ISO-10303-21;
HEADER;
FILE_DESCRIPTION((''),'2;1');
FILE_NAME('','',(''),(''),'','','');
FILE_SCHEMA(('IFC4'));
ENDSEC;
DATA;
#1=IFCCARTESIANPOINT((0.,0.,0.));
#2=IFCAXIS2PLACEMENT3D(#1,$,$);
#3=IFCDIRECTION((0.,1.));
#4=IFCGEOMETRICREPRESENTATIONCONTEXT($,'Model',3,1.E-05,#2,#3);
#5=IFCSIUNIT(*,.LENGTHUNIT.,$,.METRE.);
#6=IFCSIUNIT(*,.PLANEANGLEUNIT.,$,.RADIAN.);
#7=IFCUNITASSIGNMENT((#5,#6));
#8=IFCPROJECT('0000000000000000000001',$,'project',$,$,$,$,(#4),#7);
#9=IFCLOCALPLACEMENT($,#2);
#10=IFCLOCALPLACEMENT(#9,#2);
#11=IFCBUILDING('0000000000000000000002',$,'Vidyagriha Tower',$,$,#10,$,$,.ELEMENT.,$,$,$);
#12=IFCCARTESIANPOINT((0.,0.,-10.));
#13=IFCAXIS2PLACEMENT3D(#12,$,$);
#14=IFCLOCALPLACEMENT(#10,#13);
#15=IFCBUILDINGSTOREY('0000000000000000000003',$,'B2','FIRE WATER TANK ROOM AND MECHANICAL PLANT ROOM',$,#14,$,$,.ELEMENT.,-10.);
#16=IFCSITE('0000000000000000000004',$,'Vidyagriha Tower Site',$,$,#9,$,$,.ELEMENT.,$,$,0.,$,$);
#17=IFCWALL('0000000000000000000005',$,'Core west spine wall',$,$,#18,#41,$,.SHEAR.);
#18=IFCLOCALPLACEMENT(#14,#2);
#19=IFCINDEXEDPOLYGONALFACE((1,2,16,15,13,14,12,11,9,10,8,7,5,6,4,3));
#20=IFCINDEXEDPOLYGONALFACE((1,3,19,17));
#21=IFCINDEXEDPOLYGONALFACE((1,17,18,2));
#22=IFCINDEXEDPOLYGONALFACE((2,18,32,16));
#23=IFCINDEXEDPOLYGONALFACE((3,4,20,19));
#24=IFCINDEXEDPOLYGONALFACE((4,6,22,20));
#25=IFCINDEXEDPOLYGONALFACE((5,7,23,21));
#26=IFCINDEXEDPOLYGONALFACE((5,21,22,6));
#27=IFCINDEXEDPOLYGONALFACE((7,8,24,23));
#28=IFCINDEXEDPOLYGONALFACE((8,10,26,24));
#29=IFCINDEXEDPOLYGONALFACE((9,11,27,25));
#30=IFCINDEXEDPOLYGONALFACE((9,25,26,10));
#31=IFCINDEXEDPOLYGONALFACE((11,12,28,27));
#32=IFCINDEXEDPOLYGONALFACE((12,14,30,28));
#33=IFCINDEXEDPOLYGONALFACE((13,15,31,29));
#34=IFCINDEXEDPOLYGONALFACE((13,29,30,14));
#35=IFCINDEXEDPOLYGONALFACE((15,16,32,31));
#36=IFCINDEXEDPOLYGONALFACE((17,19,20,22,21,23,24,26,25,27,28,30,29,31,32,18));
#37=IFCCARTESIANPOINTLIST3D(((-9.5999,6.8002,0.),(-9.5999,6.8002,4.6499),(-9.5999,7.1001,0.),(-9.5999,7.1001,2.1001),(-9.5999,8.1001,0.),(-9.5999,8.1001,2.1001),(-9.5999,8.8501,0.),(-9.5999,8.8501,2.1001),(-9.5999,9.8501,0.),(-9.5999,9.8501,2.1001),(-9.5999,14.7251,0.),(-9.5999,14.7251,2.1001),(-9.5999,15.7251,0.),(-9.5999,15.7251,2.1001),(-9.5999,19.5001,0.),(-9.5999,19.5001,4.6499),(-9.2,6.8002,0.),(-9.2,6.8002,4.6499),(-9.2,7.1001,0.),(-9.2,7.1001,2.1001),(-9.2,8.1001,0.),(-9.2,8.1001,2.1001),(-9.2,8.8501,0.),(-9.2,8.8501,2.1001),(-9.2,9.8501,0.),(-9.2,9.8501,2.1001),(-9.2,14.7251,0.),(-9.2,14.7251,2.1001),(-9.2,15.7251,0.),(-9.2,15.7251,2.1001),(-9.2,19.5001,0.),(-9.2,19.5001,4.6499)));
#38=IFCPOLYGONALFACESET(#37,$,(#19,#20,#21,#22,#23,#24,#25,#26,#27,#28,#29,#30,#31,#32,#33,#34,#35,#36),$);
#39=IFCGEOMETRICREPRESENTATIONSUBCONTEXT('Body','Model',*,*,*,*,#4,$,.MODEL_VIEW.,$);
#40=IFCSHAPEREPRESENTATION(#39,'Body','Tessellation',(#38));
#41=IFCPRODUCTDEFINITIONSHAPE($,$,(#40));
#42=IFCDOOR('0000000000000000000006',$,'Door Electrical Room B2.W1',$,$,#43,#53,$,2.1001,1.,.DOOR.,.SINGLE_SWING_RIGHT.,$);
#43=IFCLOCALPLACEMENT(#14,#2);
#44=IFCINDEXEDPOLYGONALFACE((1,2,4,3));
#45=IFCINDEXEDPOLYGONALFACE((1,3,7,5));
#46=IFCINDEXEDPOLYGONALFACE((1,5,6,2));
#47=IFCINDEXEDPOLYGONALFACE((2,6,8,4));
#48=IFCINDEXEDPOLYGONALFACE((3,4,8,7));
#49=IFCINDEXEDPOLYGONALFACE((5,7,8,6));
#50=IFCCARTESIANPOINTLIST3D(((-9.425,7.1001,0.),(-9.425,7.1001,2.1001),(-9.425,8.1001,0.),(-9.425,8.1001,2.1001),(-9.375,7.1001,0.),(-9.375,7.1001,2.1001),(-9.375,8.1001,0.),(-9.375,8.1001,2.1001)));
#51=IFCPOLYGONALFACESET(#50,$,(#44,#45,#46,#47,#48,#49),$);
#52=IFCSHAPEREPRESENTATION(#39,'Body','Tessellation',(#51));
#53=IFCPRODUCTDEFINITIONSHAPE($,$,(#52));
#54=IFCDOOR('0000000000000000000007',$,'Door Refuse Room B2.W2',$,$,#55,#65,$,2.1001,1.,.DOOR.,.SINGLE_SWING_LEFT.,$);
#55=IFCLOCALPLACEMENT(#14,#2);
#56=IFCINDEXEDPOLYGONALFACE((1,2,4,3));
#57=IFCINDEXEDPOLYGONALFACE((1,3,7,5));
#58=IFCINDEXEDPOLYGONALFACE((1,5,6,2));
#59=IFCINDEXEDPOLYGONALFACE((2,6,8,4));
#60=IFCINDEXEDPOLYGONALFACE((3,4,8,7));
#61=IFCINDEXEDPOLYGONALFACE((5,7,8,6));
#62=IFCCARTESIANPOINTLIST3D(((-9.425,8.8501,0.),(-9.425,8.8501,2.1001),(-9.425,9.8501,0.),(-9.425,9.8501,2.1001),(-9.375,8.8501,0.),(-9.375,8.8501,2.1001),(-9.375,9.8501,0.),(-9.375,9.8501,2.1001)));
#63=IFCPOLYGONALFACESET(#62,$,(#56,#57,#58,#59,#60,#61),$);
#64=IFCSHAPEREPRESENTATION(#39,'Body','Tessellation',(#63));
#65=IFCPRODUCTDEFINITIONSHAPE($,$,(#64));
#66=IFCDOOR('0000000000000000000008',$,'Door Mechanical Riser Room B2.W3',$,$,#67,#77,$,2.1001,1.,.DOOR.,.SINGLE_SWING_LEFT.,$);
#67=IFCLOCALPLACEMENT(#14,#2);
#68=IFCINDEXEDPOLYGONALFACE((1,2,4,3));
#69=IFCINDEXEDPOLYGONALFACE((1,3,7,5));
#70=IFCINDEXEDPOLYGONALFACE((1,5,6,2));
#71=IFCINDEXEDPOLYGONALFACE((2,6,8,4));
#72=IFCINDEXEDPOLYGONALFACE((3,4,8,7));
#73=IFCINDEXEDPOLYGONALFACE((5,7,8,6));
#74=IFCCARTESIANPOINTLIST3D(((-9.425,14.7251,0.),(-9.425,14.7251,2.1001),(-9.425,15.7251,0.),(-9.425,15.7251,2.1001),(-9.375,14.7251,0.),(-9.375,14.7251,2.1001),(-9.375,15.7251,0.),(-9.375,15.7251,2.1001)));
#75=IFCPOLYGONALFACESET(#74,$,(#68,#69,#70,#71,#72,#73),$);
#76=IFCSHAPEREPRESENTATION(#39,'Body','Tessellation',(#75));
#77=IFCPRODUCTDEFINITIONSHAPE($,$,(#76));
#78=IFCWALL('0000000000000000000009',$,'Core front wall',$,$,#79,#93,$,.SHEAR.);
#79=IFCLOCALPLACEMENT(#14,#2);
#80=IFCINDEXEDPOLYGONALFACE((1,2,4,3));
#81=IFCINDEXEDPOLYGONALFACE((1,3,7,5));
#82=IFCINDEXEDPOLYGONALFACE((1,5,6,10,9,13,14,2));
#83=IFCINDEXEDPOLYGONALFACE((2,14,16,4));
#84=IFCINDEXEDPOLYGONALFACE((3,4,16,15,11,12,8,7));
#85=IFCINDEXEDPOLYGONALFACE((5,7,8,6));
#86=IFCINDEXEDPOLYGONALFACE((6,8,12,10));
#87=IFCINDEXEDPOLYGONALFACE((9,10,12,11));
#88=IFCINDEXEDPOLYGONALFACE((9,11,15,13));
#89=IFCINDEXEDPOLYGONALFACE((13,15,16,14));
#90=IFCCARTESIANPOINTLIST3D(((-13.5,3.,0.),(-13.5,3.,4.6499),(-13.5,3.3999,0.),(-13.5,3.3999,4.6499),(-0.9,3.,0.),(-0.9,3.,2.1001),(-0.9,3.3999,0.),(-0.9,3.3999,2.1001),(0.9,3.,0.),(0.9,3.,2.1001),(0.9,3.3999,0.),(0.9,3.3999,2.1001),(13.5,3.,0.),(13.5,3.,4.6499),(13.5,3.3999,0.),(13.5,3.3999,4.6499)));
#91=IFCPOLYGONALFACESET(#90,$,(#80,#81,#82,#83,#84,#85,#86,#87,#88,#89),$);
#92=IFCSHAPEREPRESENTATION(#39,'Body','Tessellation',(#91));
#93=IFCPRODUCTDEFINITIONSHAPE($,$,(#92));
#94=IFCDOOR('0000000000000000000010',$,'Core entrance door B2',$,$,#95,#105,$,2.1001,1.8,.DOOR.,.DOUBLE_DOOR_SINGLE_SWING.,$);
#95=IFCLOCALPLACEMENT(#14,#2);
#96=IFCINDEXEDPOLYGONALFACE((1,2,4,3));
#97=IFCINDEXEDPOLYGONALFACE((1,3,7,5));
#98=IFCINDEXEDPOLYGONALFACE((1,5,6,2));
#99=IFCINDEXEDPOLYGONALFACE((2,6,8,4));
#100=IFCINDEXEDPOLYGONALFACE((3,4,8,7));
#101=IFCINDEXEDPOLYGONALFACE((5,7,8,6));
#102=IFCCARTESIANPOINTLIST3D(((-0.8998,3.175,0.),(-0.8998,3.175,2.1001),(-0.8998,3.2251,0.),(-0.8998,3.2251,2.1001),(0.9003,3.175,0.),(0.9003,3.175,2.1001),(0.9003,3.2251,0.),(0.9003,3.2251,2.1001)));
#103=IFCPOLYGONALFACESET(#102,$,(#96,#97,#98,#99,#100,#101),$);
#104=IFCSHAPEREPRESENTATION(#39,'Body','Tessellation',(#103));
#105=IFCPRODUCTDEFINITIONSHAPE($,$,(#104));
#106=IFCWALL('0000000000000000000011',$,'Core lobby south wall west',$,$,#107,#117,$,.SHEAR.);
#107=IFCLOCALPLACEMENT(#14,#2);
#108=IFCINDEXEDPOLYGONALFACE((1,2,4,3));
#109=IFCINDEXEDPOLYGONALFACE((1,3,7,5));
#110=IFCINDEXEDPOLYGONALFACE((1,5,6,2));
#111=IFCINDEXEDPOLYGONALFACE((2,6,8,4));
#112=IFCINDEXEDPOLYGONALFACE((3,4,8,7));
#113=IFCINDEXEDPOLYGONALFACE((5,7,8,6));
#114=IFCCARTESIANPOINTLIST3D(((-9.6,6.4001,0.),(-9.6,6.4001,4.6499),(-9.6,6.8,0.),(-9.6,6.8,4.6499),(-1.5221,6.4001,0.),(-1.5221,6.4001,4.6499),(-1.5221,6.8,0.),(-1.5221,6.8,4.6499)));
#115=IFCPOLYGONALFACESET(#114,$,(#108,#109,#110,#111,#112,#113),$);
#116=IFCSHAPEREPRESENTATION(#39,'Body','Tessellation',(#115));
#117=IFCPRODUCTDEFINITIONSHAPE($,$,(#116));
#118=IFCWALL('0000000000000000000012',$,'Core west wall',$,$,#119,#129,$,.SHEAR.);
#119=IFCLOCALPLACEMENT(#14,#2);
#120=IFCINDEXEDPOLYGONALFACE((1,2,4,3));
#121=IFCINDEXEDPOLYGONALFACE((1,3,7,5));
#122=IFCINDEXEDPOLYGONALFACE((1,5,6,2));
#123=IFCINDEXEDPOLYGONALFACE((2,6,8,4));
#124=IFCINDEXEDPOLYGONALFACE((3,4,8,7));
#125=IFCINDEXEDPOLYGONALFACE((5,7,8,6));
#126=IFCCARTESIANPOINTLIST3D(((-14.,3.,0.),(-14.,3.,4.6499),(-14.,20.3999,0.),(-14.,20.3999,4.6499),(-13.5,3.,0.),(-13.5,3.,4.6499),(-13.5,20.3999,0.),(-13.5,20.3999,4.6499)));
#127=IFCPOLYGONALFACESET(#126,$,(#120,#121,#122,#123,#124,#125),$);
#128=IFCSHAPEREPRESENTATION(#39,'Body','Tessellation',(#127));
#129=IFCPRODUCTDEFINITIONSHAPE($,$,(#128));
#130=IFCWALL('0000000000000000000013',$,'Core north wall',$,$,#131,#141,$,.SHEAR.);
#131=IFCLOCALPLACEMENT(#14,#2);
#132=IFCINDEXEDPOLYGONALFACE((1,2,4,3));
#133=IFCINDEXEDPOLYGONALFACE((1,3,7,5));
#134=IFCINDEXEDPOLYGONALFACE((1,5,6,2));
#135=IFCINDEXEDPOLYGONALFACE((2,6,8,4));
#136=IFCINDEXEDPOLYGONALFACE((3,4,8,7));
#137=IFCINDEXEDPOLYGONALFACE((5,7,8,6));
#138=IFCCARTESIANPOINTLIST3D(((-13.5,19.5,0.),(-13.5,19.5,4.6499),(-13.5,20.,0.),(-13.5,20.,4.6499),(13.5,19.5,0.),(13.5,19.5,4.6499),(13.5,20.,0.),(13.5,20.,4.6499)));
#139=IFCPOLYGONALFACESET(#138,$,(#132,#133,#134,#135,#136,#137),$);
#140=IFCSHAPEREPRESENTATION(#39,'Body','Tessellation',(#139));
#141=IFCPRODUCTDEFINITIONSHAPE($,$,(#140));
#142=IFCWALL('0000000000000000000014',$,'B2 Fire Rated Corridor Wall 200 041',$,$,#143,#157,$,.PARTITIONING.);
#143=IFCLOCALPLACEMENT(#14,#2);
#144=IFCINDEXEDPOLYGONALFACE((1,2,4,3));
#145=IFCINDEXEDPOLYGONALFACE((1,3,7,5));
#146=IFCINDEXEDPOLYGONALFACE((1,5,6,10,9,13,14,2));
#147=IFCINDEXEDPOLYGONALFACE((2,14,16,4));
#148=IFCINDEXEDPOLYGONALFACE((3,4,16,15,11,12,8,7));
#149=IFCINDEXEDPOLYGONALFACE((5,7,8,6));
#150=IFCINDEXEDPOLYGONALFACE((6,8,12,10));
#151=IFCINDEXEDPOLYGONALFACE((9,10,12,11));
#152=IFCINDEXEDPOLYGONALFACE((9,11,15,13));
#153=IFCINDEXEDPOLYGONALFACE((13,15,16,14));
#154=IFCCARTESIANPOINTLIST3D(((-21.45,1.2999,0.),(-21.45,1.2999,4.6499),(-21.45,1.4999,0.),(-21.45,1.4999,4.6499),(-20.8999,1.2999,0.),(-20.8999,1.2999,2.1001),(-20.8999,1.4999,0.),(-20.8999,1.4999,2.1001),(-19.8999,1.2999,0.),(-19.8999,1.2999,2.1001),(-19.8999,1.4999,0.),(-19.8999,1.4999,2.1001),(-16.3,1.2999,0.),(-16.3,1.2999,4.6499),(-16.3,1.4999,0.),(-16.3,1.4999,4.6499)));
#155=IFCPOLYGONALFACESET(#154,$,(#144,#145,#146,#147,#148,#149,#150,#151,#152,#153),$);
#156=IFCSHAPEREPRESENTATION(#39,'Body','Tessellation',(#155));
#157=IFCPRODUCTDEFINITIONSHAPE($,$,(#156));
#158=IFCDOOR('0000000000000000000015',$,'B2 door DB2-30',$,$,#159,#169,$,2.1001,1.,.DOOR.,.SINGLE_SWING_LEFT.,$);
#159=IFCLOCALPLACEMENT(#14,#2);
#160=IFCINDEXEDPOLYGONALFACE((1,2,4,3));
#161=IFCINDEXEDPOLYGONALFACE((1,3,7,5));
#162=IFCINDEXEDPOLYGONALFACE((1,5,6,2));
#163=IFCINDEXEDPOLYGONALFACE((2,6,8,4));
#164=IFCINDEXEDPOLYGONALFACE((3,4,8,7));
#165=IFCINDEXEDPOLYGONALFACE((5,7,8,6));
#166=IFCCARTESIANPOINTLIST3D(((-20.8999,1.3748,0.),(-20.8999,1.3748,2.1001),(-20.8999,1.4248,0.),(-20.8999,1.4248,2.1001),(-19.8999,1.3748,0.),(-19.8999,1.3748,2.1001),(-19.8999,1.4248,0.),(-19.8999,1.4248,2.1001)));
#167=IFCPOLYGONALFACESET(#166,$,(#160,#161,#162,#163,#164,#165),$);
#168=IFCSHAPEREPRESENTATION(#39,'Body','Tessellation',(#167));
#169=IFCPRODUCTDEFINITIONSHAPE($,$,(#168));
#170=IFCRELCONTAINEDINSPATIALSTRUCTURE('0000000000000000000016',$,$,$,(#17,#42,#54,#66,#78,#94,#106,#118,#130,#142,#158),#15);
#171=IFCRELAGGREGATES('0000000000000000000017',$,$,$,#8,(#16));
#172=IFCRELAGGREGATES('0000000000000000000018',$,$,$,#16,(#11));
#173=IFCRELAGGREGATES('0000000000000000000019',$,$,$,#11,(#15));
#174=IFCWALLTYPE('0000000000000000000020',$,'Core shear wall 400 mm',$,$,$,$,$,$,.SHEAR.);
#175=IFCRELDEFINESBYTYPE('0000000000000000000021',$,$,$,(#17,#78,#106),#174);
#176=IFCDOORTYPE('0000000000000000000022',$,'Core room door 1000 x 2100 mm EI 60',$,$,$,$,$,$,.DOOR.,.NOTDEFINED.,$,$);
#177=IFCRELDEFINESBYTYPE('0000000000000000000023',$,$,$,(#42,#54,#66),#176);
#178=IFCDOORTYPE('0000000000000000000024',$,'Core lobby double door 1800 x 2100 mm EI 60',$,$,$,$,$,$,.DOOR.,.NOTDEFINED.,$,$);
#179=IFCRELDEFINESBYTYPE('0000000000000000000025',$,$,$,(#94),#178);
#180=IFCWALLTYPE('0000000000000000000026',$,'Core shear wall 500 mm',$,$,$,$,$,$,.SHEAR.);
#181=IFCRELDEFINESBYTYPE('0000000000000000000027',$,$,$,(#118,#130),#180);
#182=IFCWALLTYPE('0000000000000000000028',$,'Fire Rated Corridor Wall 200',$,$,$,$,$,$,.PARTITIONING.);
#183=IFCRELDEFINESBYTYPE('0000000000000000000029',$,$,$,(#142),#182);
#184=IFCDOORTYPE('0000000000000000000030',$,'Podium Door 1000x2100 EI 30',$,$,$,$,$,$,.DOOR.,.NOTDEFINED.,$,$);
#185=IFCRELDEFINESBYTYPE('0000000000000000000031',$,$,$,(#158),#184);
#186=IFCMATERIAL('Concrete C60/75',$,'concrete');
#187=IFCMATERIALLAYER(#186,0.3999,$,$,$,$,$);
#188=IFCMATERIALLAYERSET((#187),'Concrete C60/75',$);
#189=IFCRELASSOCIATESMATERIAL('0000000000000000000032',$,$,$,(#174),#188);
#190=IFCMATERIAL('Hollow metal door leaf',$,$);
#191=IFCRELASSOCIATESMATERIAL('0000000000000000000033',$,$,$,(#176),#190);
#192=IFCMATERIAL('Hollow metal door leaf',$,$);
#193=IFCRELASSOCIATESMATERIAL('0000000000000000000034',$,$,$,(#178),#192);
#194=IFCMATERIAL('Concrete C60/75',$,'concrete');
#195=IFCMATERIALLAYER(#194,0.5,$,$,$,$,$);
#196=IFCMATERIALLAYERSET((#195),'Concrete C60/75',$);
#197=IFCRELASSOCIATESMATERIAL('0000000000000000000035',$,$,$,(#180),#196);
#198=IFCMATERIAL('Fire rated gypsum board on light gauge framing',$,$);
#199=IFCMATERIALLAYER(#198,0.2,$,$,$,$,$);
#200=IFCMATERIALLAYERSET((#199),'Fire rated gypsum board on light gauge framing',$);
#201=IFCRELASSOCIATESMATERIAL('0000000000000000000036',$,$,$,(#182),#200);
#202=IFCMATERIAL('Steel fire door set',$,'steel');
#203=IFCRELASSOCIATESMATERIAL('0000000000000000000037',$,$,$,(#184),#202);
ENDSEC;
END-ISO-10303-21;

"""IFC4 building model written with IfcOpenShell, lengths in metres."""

from ifc_helpers import new_model, si_unit, direction, frame, frame_2d, origin, place, context, subcontext, project, spatial, rectangle, extrude, material, layer, layer_set, type_object, element, fill, save


model = new_model("IFC4")

# Units and contexts
model_context = context("Model", 3, precision=1e-05, world=origin(), true_north=direction((0.0, 1.0)))
body_context = subcontext(model_context, "Body", "Model", "MODEL_VIEW")
ifc_project = project(units=[si_unit("LENGTHUNIT", "METRE"), si_unit("PLANEANGLEUNIT", "RADIAN")], contexts=[model_context])

# Site, building, storey
site_placement = place(None, origin())
site = spatial("IfcSite", under=ifc_project, at=site_placement, Name="Vidyagriha Tower Site", CompositionType="ELEMENT", RefElevation=0.0)
building_placement = place(site_placement, origin())
building = spatial("IfcBuilding", under=site, at=building_placement, Name="Vidyagriha Tower", CompositionType="ELEMENT")
storey_placement = place(building_placement, frame((0.0, 0.0, -10.0)))
storey = spatial("IfcBuildingStorey", under=building, at=storey_placement, Name="B2", Description="FIRE WATER TANK ROOM AND MECHANICAL PLANT ROOM", CompositionType="ELEMENT", Elevation=-10.0)

# Wall, openings, doors
ifc_material_1 = material(Name="Concrete C60/75", Category="concrete")
ifc_layer_1 = layer(ifc_material_1, 0.3999)
ifc_layer_set_1 = layer_set([ifc_layer_1], Name="Concrete C60/75")
wall_type_1 = type_object("IfcWallType", Name="Core shear wall 400 mm", PredefinedType="SHEAR", material=ifc_layer_set_1)
wall_1_placement = place(storey_placement, frame((-9.3999, 6.8, 0.0), z_axis=(0.0, 0.0, 1.0), x_axis=(0.0, 1.0, 0.0)))
wall_1 = element("IfcWall", 1, at=wall_1_placement, inside=storey, type_object=wall_type_1, Name="Core west spine wall", PredefinedType="SHEAR", context=body_context, shape_type="SweptSolid", body=[
    extrude(rectangle(XDim=12.7, YDim=0.3999, at=frame_2d((6.3501, 0.0))), origin(), (0.0, 0.0, 1.0), 4.6499),
])
opening_1_placement = place(wall_1_placement, frame((0.3, 0.0, 0.0)))
opening_1 = element("IfcOpeningElement", 2, at=opening_1_placement, cuts=wall_1, PredefinedType="OPENING", context=body_context, shape_type="SweptSolid", body=[
    extrude(rectangle(XDim=1.0, YDim=2.1001, at=frame_2d((0.5, 1.05))), frame((0.0, 0.21, 0.0), z_axis=(0.0, -1.0, 0.0), x_axis=(1.0, 0.0, 0.0)), (0.0, 0.0, 1.0), 0.4199),
])
opening_2_placement = place(wall_1_placement, frame((2.05, 0.0, 0.0)))
opening_2 = element("IfcOpeningElement", 3, at=opening_2_placement, cuts=wall_1, PredefinedType="OPENING", context=body_context, shape_type="SweptSolid", body=[
    extrude(rectangle(XDim=1.0, YDim=2.1001, at=frame_2d((0.5, 1.05))), frame((0.0, 0.21, 0.0), z_axis=(0.0, -1.0, 0.0), x_axis=(1.0, 0.0, 0.0)), (0.0, 0.0, 1.0), 0.4199),
])
opening_3_placement = place(wall_1_placement, frame((7.925, 0.0, 0.0)))
opening_3 = element("IfcOpeningElement", 4, at=opening_3_placement, cuts=wall_1, PredefinedType="OPENING", context=body_context, shape_type="SweptSolid", body=[
    extrude(rectangle(XDim=1.0, YDim=2.1001, at=frame_2d((0.5, 1.05))), frame((0.0, 0.21, 0.0), z_axis=(0.0, -1.0, 0.0), x_axis=(1.0, 0.0, 0.0)), (0.0, 0.0, 1.0), 0.4199),
])
ifc_material_2 = material(Name="Hollow metal door leaf")
door_type_1 = type_object("IfcDoorType", Name="Core room door 1000 x 2100 mm EI 60", OperationType="NOTDEFINED", PredefinedType="DOOR", material=ifc_material_2)
door_1_placement = place(opening_1_placement, frame((1.0, 0.0, 0.0), z_axis=(0.0, 0.0, 1.0), x_axis=(-1.0, 0.0, 0.0)))
door_1 = element("IfcDoor", 5, at=door_1_placement, inside=storey, type_object=door_type_1, Name="Door Electrical Room B2.W1", OperationType="SINGLE_SWING_RIGHT", OverallHeight=2.1001, OverallWidth=1.0, PredefinedType="DOOR", context=body_context, shape_type="SweptSolid", body=[
    extrude(rectangle(XDim=1.0, YDim=2.1001, at=frame_2d((0.5, 1.05))), frame((0.0, 0.0249, 0.0), z_axis=(0.0, -1.0, 0.0), x_axis=(1.0, 0.0, 0.0)), (0.0, 0.0, 1.0), 0.05),
])
fill(opening_1, door_1)
door_2_placement = place(opening_2_placement, frame((1.0, 0.0, 0.0), z_axis=(0.0, 0.0, 1.0), x_axis=(-1.0, 0.0, 0.0)))
door_2 = element("IfcDoor", 6, at=door_2_placement, inside=storey, type_object=door_type_1, Name="Door Refuse Room B2.W2", OperationType="SINGLE_SWING_LEFT", OverallHeight=2.1001, OverallWidth=1.0, PredefinedType="DOOR", context=body_context, shape_type="SweptSolid", body=[
    extrude(rectangle(XDim=1.0, YDim=2.1001, at=frame_2d((0.5, 1.05))), frame((0.0, 0.0249, 0.0), z_axis=(0.0, -1.0, 0.0), x_axis=(1.0, 0.0, 0.0)), (0.0, 0.0, 1.0), 0.05),
])
fill(opening_2, door_2)
door_3_placement = place(opening_3_placement, frame((1.0, 0.0, 0.0), z_axis=(0.0, 0.0, 1.0), x_axis=(-1.0, 0.0, 0.0)))
door_3 = element("IfcDoor", 7, at=door_3_placement, inside=storey, type_object=door_type_1, Name="Door Mechanical Riser Room B2.W3", OperationType="SINGLE_SWING_LEFT", OverallHeight=2.1001, OverallWidth=1.0, PredefinedType="DOOR", context=body_context, shape_type="SweptSolid", body=[
    extrude(rectangle(XDim=1.0, YDim=2.1001, at=frame_2d((0.5, 1.05))), frame((0.0, 0.0249, 0.0), z_axis=(0.0, -1.0, 0.0), x_axis=(1.0, 0.0, 0.0)), (0.0, 0.0, 1.0), 0.05),
])
fill(opening_3, door_3)

# Wall, opening, door
wall_2_placement = place(storey_placement, frame((-13.5, 3.2, 0.0)))
wall_2 = element("IfcWall", 8, at=wall_2_placement, inside=storey, type_object=wall_type_1, Name="Core front wall", PredefinedType="SHEAR", context=body_context, shape_type="SweptSolid", body=[
    extrude(rectangle(XDim=27.0, YDim=0.3999, at=frame_2d((13.5, 0.0))), origin(), (0.0, 0.0, 1.0), 4.6499),
])
opening_4_placement = place(wall_2_placement, frame((12.6001, 0.0, 0.0)))
opening_4 = element("IfcOpeningElement", 9, at=opening_4_placement, cuts=wall_2, PredefinedType="OPENING", context=body_context, shape_type="SweptSolid", body=[
    extrude(rectangle(XDim=1.8, YDim=2.1001, at=frame_2d((0.8999, 1.05))), frame((0.0, 0.21, 0.0), z_axis=(0.0, -1.0, 0.0), x_axis=(1.0, 0.0, 0.0)), (0.0, 0.0, 1.0), 0.4199),
])
ifc_material_3 = material(Name="Hollow metal door leaf")
door_type_2 = type_object("IfcDoorType", Name="Core lobby double door 1800 x 2100 mm EI 60", OperationType="NOTDEFINED", PredefinedType="DOOR", material=ifc_material_3)
door_4_placement = place(opening_4_placement, frame((1.8, 0.0, 0.0), z_axis=(0.0, 0.0, 1.0), x_axis=(-1.0, 0.0, 0.0)))
door_4 = element("IfcDoor", 10, at=door_4_placement, inside=storey, type_object=door_type_2, Name="Core entrance door B2", OperationType="DOUBLE_DOOR_SINGLE_SWING", OverallHeight=2.1001, OverallWidth=1.8, PredefinedType="DOOR", context=body_context, shape_type="SweptSolid", body=[
    extrude(rectangle(XDim=1.8, YDim=2.1001, at=frame_2d((0.8999, 1.05))), frame((0.0, 0.0249, 0.0), z_axis=(0.0, -1.0, 0.0), x_axis=(1.0, 0.0, 0.0)), (0.0, 0.0, 1.0), 0.05),
])
fill(opening_4, door_4)

# Walls
wall_3_placement = place(storey_placement, frame((-9.6001, 6.6001, 0.0)))
element("IfcWall", 11, at=wall_3_placement, inside=storey, type_object=wall_type_1, Name="Core lobby south wall west", PredefinedType="SHEAR", context=body_context, shape_type="SweptSolid", body=[
    extrude(rectangle(XDim=8.0779, YDim=0.3999, at=frame_2d((4.0391, 0.0))), origin(), (0.0, 0.0, 1.0), 4.6499),
])
ifc_material_4 = material(Name="Concrete C60/75", Category="concrete")
ifc_layer_2 = layer(ifc_material_4, 0.5)
ifc_layer_set_2 = layer_set([ifc_layer_2], Name="Concrete C60/75")
wall_type_2 = type_object("IfcWallType", Name="Core shear wall 500 mm", PredefinedType="SHEAR", material=ifc_layer_set_2)
wall_4_placement = place(storey_placement, frame((-13.75, 3.0, 0.0), z_axis=(0.0, 0.0, 1.0), x_axis=(0.0, 1.0, 0.0)))
element("IfcWall", 12, at=wall_4_placement, inside=storey, type_object=wall_type_2, Name="Core west wall", PredefinedType="SHEAR", context=body_context, shape_type="SweptSolid", body=[
    extrude(rectangle(XDim=17.3999, YDim=0.5, at=frame_2d((8.7, 0.0))), origin(), (0.0, 0.0, 1.0), 4.6499),
])
wall_5_placement = place(storey_placement, frame((-13.5, 19.75, 0.0)))
element("IfcWall", 13, at=wall_5_placement, inside=storey, type_object=wall_type_2, Name="Core north wall", PredefinedType="SHEAR", context=body_context, shape_type="SweptSolid", body=[
    extrude(rectangle(XDim=27.0, YDim=0.5, at=frame_2d((13.5, 0.0))), origin(), (0.0, 0.0, 1.0), 4.6499),
])

# Wall, opening, door
ifc_material_5 = material(Name="Fire rated gypsum board on light gauge framing")
ifc_layer_3 = layer(ifc_material_5, 0.2)
ifc_layer_set_3 = layer_set([ifc_layer_3], Name="Fire rated gypsum board on light gauge framing")
wall_type_3 = type_object("IfcWallType", Name="Fire Rated Corridor Wall 200", PredefinedType="PARTITIONING", material=ifc_layer_set_3)
wall_6_placement = place(storey_placement, frame((-21.45, 1.3999, 0.0)))
wall_6 = element("IfcWall", 14, at=wall_6_placement, inside=storey, type_object=wall_type_3, Name="B2 Fire Rated Corridor Wall 200 041", PredefinedType="PARTITIONING", context=body_context, shape_type="SweptSolid", body=[
    extrude(rectangle(XDim=5.1499, YDim=0.2, at=frame_2d((2.575, 0.0))), origin(), (0.0, 0.0, 1.0), 4.6499),
])
opening_5_placement = place(wall_6_placement, frame((0.55, 0.0, 0.0)))
opening_5 = element("IfcOpeningElement", 15, at=opening_5_placement, cuts=wall_6, PredefinedType="OPENING", context=body_context, shape_type="SweptSolid", body=[
    extrude(rectangle(XDim=1.0, YDim=2.1001, at=frame_2d((0.5, 1.05))), frame((0.0, 0.1099, 0.0), z_axis=(0.0, -1.0, 0.0), x_axis=(1.0, 0.0, 0.0)), (0.0, 0.0, 1.0), 0.22),
])
ifc_material_6 = material(Name="Steel fire door set", Category="steel")
door_type_3 = type_object("IfcDoorType", Name="Podium Door 1000x2100 EI 30", OperationType="NOTDEFINED", PredefinedType="DOOR", material=ifc_material_6)
door_5_placement = place(opening_5_placement, origin())
door_5 = element("IfcDoor", 16, at=door_5_placement, inside=storey, type_object=door_type_3, Name="B2 door DB2-30", OperationType="SINGLE_SWING_LEFT", OverallHeight=2.1001, OverallWidth=1.0, PredefinedType="DOOR", context=body_context, shape_type="SweptSolid", body=[
    extrude(rectangle(XDim=1.0, YDim=2.1001, at=frame_2d((0.5, 1.05))), frame((0.0, 0.0249, 0.0), z_axis=(0.0, -1.0, 0.0), x_axis=(1.0, 0.0, 0.0)), (0.0, 0.0, 1.0), 0.05),
])
fill(opening_5, door_5)

save(model, "model.ifc")
